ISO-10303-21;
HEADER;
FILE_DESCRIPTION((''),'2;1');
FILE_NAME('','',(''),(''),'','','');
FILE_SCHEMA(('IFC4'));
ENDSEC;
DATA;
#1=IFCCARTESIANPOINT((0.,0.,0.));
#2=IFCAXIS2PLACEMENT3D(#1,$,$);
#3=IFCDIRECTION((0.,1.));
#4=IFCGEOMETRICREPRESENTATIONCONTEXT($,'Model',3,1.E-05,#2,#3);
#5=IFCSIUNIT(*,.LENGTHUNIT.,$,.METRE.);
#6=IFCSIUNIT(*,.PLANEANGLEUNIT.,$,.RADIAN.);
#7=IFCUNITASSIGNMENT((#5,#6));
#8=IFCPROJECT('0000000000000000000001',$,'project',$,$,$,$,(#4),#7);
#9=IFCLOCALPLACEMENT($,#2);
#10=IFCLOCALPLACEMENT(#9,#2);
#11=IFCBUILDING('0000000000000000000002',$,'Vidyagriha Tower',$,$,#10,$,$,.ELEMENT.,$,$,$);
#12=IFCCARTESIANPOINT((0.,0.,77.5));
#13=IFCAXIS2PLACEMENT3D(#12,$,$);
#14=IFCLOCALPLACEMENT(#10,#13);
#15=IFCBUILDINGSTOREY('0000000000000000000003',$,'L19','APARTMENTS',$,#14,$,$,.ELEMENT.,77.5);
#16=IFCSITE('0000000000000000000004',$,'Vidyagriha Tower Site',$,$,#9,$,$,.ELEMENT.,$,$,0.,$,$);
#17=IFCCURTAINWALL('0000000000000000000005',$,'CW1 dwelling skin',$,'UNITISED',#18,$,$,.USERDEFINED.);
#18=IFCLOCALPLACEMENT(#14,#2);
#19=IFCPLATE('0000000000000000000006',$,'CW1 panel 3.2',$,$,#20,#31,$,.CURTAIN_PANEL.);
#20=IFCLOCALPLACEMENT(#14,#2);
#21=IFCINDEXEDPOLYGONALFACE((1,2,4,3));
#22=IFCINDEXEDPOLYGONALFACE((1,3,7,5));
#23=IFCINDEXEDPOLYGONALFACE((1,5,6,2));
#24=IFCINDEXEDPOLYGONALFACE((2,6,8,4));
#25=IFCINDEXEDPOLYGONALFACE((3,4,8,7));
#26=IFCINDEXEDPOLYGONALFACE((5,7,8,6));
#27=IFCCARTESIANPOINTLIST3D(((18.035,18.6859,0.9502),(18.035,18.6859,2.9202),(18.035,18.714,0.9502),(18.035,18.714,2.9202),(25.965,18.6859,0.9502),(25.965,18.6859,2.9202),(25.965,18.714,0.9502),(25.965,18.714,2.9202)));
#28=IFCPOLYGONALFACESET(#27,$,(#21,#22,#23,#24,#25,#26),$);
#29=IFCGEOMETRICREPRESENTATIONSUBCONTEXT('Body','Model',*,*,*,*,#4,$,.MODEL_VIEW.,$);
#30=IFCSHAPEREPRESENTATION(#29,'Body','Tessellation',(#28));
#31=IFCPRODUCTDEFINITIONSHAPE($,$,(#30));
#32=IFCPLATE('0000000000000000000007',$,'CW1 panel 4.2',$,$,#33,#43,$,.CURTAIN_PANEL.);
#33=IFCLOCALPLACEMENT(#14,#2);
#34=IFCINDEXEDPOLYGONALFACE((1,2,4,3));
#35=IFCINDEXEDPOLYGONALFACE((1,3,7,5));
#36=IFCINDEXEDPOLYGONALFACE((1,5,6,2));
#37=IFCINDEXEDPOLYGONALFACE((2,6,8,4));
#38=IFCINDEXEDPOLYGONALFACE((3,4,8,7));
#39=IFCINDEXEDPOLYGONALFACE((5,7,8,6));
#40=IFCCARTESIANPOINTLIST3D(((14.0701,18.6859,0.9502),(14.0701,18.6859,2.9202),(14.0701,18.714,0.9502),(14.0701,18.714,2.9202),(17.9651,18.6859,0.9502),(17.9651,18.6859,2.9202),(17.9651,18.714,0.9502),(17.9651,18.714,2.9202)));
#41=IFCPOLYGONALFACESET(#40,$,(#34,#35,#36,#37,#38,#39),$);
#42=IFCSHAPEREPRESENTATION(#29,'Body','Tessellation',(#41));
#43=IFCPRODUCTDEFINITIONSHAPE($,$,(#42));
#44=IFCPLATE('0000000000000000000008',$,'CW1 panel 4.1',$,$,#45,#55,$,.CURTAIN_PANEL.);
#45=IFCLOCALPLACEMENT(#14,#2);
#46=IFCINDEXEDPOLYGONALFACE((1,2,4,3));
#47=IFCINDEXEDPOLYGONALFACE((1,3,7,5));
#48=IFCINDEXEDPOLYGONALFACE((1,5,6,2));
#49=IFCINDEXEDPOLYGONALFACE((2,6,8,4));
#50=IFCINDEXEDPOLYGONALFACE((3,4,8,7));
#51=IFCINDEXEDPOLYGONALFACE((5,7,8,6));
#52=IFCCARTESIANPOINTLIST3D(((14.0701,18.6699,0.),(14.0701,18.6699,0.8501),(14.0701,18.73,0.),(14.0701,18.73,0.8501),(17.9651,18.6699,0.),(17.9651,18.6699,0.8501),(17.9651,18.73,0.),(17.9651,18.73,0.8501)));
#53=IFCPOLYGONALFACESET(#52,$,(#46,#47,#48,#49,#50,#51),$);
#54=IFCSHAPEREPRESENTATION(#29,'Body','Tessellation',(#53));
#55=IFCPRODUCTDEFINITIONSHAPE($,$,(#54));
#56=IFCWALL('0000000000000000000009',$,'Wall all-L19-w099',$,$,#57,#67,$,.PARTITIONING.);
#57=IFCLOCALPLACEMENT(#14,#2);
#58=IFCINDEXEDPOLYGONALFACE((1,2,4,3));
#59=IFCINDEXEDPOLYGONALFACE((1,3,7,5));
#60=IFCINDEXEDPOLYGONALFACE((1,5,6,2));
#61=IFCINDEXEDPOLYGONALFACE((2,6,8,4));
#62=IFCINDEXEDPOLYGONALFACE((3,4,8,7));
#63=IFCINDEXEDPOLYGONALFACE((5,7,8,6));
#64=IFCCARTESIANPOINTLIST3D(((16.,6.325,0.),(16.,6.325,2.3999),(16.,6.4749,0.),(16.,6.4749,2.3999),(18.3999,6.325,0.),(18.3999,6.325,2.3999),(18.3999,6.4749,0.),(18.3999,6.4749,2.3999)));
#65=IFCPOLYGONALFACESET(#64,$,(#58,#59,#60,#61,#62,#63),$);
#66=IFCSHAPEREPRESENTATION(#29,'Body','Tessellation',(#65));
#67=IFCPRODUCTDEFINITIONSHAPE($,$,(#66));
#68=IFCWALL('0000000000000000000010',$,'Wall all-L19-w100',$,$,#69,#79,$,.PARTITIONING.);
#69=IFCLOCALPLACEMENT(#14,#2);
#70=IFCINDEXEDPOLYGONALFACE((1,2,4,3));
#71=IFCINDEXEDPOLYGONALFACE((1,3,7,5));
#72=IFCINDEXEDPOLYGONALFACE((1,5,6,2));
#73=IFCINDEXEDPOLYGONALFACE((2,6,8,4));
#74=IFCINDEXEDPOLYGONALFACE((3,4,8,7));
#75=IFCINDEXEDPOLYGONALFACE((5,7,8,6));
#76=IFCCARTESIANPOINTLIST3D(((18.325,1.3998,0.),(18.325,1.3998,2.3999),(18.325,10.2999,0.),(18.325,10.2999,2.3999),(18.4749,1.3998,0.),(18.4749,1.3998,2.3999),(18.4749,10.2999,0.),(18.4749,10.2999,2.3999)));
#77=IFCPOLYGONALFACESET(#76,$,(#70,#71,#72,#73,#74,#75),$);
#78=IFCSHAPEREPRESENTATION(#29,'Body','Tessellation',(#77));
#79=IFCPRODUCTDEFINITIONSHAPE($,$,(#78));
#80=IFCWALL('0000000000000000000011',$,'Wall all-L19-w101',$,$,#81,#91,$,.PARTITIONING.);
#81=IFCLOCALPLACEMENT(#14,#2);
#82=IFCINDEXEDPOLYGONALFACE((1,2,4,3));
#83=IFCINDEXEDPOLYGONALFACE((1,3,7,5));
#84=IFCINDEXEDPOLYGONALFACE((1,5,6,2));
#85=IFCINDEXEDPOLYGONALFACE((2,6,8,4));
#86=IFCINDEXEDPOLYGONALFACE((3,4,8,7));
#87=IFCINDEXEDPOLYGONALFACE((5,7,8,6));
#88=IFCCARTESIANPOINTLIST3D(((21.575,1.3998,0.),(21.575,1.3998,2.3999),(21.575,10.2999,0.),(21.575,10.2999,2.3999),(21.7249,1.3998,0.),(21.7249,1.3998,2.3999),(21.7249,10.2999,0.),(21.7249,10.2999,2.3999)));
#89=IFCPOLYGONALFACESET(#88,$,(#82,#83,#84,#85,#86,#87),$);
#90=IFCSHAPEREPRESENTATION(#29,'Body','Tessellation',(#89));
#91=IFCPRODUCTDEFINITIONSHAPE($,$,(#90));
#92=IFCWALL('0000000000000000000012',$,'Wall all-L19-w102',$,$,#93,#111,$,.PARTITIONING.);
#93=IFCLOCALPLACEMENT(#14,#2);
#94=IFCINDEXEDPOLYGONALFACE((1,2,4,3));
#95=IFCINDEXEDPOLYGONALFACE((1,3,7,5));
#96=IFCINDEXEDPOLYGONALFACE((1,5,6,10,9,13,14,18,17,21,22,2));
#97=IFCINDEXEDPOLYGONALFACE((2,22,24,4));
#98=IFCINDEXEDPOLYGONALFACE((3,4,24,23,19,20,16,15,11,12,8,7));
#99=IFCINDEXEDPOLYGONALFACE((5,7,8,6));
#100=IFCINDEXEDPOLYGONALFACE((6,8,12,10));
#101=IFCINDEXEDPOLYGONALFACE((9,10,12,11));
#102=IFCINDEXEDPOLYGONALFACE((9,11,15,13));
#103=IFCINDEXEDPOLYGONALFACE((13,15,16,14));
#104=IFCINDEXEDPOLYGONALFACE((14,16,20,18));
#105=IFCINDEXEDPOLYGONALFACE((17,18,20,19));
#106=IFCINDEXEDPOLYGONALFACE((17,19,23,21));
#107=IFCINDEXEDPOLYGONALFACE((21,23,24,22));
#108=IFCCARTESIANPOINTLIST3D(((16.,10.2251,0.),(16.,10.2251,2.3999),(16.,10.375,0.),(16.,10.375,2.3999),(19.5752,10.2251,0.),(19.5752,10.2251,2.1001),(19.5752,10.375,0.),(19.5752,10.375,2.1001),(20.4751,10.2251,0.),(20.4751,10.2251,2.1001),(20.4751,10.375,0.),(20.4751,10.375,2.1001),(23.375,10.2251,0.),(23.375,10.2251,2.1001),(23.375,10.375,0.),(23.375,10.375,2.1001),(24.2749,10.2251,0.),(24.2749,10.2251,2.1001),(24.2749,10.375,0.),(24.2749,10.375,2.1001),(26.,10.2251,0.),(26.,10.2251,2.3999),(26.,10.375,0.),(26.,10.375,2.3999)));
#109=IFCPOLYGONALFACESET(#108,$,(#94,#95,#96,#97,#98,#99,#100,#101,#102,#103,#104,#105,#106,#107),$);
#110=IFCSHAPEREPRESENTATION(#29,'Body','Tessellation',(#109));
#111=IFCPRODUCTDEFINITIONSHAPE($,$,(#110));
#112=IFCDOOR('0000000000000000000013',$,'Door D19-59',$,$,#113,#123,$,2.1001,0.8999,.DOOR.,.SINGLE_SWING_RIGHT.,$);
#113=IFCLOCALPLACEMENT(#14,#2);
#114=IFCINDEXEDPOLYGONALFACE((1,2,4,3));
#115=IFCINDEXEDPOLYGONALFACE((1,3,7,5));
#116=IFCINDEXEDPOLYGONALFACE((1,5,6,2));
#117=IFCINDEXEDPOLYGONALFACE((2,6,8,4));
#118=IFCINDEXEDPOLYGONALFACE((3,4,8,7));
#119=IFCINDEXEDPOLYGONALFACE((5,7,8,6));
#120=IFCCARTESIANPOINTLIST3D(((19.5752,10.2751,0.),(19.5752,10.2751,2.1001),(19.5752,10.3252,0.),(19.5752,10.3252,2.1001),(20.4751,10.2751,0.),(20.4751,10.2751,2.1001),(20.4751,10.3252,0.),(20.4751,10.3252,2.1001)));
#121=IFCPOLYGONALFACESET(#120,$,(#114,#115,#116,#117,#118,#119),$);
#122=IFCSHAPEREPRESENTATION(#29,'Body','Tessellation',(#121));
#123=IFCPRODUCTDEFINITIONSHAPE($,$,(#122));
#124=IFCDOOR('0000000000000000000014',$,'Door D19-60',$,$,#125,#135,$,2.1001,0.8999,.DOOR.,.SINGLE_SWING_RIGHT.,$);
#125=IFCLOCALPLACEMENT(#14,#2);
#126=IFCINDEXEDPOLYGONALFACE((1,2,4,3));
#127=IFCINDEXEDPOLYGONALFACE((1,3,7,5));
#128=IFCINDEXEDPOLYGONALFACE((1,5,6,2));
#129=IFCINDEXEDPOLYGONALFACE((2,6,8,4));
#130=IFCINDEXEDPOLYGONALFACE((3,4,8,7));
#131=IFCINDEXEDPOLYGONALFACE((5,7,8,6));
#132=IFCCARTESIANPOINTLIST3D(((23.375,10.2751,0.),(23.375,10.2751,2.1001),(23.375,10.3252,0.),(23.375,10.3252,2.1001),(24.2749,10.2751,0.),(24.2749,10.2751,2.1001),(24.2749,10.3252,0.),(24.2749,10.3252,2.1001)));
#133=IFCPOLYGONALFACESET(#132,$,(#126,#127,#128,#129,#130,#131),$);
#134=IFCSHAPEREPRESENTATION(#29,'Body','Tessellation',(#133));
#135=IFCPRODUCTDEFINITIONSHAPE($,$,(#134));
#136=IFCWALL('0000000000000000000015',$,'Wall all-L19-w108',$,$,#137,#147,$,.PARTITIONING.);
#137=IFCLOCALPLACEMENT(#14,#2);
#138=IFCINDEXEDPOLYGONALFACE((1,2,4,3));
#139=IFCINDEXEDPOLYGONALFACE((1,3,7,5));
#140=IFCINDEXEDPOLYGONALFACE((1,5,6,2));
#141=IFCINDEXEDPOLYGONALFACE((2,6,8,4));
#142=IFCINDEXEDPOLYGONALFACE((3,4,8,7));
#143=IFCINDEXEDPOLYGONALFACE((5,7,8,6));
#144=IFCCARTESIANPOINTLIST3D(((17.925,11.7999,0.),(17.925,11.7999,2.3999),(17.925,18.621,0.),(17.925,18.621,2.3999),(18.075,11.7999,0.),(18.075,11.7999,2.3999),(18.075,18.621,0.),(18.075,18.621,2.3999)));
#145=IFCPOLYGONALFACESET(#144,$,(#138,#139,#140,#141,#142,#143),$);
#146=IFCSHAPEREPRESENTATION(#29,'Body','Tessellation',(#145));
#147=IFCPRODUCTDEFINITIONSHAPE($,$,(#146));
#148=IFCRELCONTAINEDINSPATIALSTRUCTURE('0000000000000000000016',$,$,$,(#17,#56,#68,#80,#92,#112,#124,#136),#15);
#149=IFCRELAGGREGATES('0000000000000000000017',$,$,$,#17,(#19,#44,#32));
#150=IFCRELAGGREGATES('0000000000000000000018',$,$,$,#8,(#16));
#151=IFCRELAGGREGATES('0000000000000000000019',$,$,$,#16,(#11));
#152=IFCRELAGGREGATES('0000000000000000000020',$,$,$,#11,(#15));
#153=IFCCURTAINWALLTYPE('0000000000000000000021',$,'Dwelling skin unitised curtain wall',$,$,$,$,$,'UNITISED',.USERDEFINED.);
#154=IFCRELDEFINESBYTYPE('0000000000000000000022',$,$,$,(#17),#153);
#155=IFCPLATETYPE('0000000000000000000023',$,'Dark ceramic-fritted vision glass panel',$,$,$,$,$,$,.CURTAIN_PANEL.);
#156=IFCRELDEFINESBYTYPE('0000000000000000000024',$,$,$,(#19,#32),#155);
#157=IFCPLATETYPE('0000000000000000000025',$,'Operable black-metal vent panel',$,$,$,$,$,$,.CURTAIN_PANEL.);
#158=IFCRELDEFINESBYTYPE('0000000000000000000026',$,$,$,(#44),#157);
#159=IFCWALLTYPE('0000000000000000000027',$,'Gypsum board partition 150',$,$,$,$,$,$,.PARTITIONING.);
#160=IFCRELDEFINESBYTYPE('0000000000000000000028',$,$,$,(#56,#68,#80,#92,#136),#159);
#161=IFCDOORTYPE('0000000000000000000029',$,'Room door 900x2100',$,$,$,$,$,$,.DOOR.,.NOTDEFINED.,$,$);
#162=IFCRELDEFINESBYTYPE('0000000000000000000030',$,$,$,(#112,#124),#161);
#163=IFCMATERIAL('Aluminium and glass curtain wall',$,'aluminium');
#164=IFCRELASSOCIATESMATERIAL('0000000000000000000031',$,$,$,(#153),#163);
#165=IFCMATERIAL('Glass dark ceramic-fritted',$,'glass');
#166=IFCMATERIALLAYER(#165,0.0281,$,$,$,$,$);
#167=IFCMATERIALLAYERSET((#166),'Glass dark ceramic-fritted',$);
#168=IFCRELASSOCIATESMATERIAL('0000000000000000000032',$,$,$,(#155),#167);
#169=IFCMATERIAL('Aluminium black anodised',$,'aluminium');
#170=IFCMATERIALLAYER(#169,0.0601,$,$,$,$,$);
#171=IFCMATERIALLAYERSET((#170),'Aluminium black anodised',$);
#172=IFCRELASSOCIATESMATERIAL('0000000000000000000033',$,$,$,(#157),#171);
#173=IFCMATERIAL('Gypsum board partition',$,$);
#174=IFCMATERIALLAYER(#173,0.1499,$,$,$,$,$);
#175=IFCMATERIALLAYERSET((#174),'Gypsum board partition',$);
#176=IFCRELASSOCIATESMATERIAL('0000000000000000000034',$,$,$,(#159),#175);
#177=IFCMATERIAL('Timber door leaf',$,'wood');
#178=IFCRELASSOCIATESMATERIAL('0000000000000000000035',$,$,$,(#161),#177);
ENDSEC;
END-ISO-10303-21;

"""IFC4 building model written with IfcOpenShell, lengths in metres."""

from ifc_helpers import new_model, si_unit, direction, frame, frame_2d, origin, origin_2d, place, context, subcontext, project, spatial, rectangle, extrude, material, layer, layer_set, type_object, element, fill, aggregate, save


model = new_model("IFC4")

# Units and contexts
model_context = context("Model", 3, precision=1e-05, world=origin(), true_north=direction((0.0, 1.0)))
body_context = subcontext(model_context, "Body", "Model", "MODEL_VIEW")
ifc_project = project(units=[si_unit("LENGTHUNIT", "METRE"), si_unit("PLANEANGLEUNIT", "RADIAN")], contexts=[model_context])

# Site, building, storey
site_placement = place(None, origin())
site = spatial("IfcSite", under=ifc_project, at=site_placement, Name="Vidyagriha Tower Site", CompositionType="ELEMENT", RefElevation=0.0)
building_placement = place(site_placement, origin())
building = spatial("IfcBuilding", under=site, at=building_placement, Name="Vidyagriha Tower", CompositionType="ELEMENT")
storey_placement = place(building_placement, frame((0.0, 0.0, 77.5)))
storey = spatial("IfcBuildingStorey", under=building, at=storey_placement, Name="L19", Description="APARTMENTS", CompositionType="ELEMENT", Elevation=77.5)

# Curtain wall, plates
ifc_material_1 = material(Name="Aluminium and glass curtain wall", Category="aluminium")
curtain_wall_type = type_object("IfcCurtainWallType", Name="Dwelling skin unitised curtain wall", ElementType="UNITISED", PredefinedType="USERDEFINED", material=ifc_material_1)
curtain_wall_placement = place(storey_placement, origin())
curtain_wall = element("IfcCurtainWall", 1, at=curtain_wall_placement, inside=storey, type_object=curtain_wall_type, Name="CW1 dwelling skin", ObjectType="UNITISED", PredefinedType="USERDEFINED")
ifc_material_2 = material(Name="Glass dark ceramic-fritted", Category="glass")
ifc_layer_1 = layer(ifc_material_2, 0.0281)
ifc_layer_set_1 = layer_set([ifc_layer_1], Name="Glass dark ceramic-fritted")
plate_type_1 = type_object("IfcPlateType", Name="Dark ceramic-fritted vision glass panel", PredefinedType="CURTAIN_PANEL", material=ifc_layer_set_1)
plate_1_placement = place(storey_placement, frame((22.0, 18.7, 0.9502), z_axis=(0.0, 0.0, 1.0), x_axis=(-1.0, 0.0, 0.0)))
plate_1 = element("IfcPlate", 2, at=plate_1_placement, type_object=plate_type_1, Name="CW1 panel 3.2", PredefinedType="CURTAIN_PANEL", context=body_context, shape_type="SweptSolid", body=[
    extrude(rectangle(XDim=7.9299, YDim=0.0281, at=origin_2d()), origin(), (0.0, 0.0, 1.0), 1.97),
])
plate_2_placement = place(storey_placement, frame((16.0176, 18.7, 0.9502), z_axis=(0.0, 0.0, 1.0), x_axis=(-1.0, 0.0, 0.0)))
plate_2 = element("IfcPlate", 3, at=plate_2_placement, type_object=plate_type_1, Name="CW1 panel 4.2", PredefinedType="CURTAIN_PANEL", context=body_context, shape_type="SweptSolid", body=[
    extrude(rectangle(XDim=3.895, YDim=0.0281, at=origin_2d()), origin(), (0.0, 0.0, 1.0), 1.97),
])
ifc_material_3 = material(Name="Aluminium black anodised", Category="aluminium")
ifc_layer_2 = layer(ifc_material_3, 0.0601)
ifc_layer_set_2 = layer_set([ifc_layer_2], Name="Aluminium black anodised")
plate_type_2 = type_object("IfcPlateType", Name="Operable black-metal vent panel", PredefinedType="CURTAIN_PANEL", material=ifc_layer_set_2)
plate_3_placement = place(storey_placement, frame((16.0176, 18.7, 0.0), z_axis=(0.0, 0.0, 1.0), x_axis=(-1.0, 0.0, 0.0)))
plate_3 = element("IfcPlate", 4, at=plate_3_placement, type_object=plate_type_2, Name="CW1 panel 4.1", PredefinedType="CURTAIN_PANEL", context=body_context, shape_type="SweptSolid", body=[
    extrude(rectangle(XDim=3.895, YDim=0.0601, at=origin_2d()), origin(), (0.0, 0.0, 1.0), 0.8501),
])
aggregate(curtain_wall, [plate_1, plate_3, plate_2])

# Walls
ifc_material_4 = material(Name="Gypsum board partition")
ifc_layer_3 = layer(ifc_material_4, 0.1499)
ifc_layer_set_3 = layer_set([ifc_layer_3], Name="Gypsum board partition")
wall_type_1 = type_object("IfcWallType", Name="Gypsum board partition 150", PredefinedType="PARTITIONING", material=ifc_layer_set_3)
wall_1_placement = place(storey_placement, frame((16.0, 6.3999, 0.0)))
element("IfcWall", 5, at=wall_1_placement, inside=storey, type_object=wall_type_1, Name="Wall all-L19-w099", PredefinedType="PARTITIONING", context=body_context, shape_type="SweptSolid", body=[
    extrude(rectangle(XDim=2.3999, YDim=0.1499, at=frame_2d((1.2, 0.0))), origin(), (0.0, 0.0, 1.0), 2.3999),
])
for number, where, z_axis, x_axis, name in (
    (6, (18.3999, 10.3, 0.0), (0.0, 0.0, 1.0), (0.0, -1.0, 0.0), "Wall all-L19-w100"),
    (7, (21.6499, 10.3, 0.0), (0.0, 0.0, 1.0), (0.0, -1.0, 0.0), "Wall all-L19-w101"),
):
    element("IfcWall", number, at=place(storey_placement, frame(where, z_axis=z_axis, x_axis=x_axis)), inside=storey, type_object=wall_type_1, Name=name, PredefinedType="PARTITIONING", context=body_context, shape_type="SweptSolid", body=[
        extrude(rectangle(XDim=8.9001, YDim=0.1499, at=frame_2d((4.4502, 0.0))), origin(), (0.0, 0.0, 1.0), 2.3999),
    ])

# Wall, openings, doors
wall_2_placement = place(storey_placement, frame((26.0, 10.3, 0.0), z_axis=(0.0, 0.0, 1.0), x_axis=(-1.0, 0.0, 0.0)))
wall_2 = element("IfcWall", 8, at=wall_2_placement, inside=storey, type_object=wall_type_1, Name="Wall all-L19-w102", PredefinedType="PARTITIONING", context=body_context, shape_type="SweptSolid", body=[
    extrude(rectangle(XDim=10.0, YDim=0.1499, at=frame_2d((5.0, 0.0))), origin(), (0.0, 0.0, 1.0), 2.3999),
])
opening_1_placement = place(wall_2_placement, frame((5.5249, 0.0, 0.0)))
opening_1 = element("IfcOpeningElement", 9, at=opening_1_placement, cuts=wall_2, PredefinedType="OPENING", context=body_context, shape_type="SweptSolid", body=[
    extrude(rectangle(XDim=0.8999, YDim=2.1001, at=frame_2d((0.45, 1.05))), frame((0.0, 0.085, 0.0), z_axis=(0.0, -1.0, 0.0), x_axis=(1.0, 0.0, 0.0)), (0.0, 0.0, 1.0), 0.1699),
])
opening_2_placement = place(wall_2_placement, frame((1.7251, 0.0, 0.0)))
opening_2 = element("IfcOpeningElement", 10, at=opening_2_placement, cuts=wall_2, PredefinedType="OPENING", context=body_context, shape_type="SweptSolid", body=[
    extrude(rectangle(XDim=0.8999, YDim=2.1001, at=frame_2d((0.45, 1.05))), frame((0.0, 0.085, 0.0), z_axis=(0.0, -1.0, 0.0), x_axis=(1.0, 0.0, 0.0)), (0.0, 0.0, 1.0), 0.1699),
])
ifc_material_5 = material(Name="Timber door leaf", Category="wood")
door_type_1 = type_object("IfcDoorType", Name="Room door 900x2100", OperationType="NOTDEFINED", PredefinedType="DOOR", material=ifc_material_5)
door_1_placement = place(opening_1_placement, origin())
door_1 = element("IfcDoor", 11, at=door_1_placement, inside=storey, type_object=door_type_1, Name="Door D19-59", OperationType="SINGLE_SWING_RIGHT", OverallHeight=2.1001, OverallWidth=0.8999, PredefinedType="DOOR", context=body_context, shape_type="SweptSolid", body=[
    extrude(rectangle(XDim=0.8999, YDim=2.1001, at=frame_2d((0.45, 1.05))), frame((0.0, 0.0249, 0.0), z_axis=(0.0, -1.0, 0.0), x_axis=(1.0, 0.0, 0.0)), (0.0, 0.0, 1.0), 0.05),
])
fill(opening_1, door_1)
door_2_placement = place(opening_2_placement, origin())
door_2 = element("IfcDoor", 12, at=door_2_placement, inside=storey, type_object=door_type_1, Name="Door D19-60", OperationType="SINGLE_SWING_RIGHT", OverallHeight=2.1001, OverallWidth=0.8999, PredefinedType="DOOR", context=body_context, shape_type="SweptSolid", body=[
    extrude(rectangle(XDim=0.8999, YDim=2.1001, at=frame_2d((0.45, 1.05))), frame((0.0, 0.0249, 0.0), z_axis=(0.0, -1.0, 0.0), x_axis=(1.0, 0.0, 0.0)), (0.0, 0.0, 1.0), 0.05),
])
fill(opening_2, door_2)

# Wall
wall_3_placement = place(storey_placement, frame((18.0, 18.6211, 0.0), z_axis=(0.0, 0.0, 1.0), x_axis=(0.0, -1.0, 0.0)))
element("IfcWall", 13, at=wall_3_placement, inside=storey, type_object=wall_type_1, Name="Wall all-L19-w108", PredefinedType="PARTITIONING", context=body_context, shape_type="SweptSolid", body=[
    extrude(rectangle(XDim=6.821, YDim=0.1499, at=frame_2d((3.4106, 0.0))), origin(), (0.0, 0.0, 1.0), 2.3999),
])

save(model, "model.ifc")
